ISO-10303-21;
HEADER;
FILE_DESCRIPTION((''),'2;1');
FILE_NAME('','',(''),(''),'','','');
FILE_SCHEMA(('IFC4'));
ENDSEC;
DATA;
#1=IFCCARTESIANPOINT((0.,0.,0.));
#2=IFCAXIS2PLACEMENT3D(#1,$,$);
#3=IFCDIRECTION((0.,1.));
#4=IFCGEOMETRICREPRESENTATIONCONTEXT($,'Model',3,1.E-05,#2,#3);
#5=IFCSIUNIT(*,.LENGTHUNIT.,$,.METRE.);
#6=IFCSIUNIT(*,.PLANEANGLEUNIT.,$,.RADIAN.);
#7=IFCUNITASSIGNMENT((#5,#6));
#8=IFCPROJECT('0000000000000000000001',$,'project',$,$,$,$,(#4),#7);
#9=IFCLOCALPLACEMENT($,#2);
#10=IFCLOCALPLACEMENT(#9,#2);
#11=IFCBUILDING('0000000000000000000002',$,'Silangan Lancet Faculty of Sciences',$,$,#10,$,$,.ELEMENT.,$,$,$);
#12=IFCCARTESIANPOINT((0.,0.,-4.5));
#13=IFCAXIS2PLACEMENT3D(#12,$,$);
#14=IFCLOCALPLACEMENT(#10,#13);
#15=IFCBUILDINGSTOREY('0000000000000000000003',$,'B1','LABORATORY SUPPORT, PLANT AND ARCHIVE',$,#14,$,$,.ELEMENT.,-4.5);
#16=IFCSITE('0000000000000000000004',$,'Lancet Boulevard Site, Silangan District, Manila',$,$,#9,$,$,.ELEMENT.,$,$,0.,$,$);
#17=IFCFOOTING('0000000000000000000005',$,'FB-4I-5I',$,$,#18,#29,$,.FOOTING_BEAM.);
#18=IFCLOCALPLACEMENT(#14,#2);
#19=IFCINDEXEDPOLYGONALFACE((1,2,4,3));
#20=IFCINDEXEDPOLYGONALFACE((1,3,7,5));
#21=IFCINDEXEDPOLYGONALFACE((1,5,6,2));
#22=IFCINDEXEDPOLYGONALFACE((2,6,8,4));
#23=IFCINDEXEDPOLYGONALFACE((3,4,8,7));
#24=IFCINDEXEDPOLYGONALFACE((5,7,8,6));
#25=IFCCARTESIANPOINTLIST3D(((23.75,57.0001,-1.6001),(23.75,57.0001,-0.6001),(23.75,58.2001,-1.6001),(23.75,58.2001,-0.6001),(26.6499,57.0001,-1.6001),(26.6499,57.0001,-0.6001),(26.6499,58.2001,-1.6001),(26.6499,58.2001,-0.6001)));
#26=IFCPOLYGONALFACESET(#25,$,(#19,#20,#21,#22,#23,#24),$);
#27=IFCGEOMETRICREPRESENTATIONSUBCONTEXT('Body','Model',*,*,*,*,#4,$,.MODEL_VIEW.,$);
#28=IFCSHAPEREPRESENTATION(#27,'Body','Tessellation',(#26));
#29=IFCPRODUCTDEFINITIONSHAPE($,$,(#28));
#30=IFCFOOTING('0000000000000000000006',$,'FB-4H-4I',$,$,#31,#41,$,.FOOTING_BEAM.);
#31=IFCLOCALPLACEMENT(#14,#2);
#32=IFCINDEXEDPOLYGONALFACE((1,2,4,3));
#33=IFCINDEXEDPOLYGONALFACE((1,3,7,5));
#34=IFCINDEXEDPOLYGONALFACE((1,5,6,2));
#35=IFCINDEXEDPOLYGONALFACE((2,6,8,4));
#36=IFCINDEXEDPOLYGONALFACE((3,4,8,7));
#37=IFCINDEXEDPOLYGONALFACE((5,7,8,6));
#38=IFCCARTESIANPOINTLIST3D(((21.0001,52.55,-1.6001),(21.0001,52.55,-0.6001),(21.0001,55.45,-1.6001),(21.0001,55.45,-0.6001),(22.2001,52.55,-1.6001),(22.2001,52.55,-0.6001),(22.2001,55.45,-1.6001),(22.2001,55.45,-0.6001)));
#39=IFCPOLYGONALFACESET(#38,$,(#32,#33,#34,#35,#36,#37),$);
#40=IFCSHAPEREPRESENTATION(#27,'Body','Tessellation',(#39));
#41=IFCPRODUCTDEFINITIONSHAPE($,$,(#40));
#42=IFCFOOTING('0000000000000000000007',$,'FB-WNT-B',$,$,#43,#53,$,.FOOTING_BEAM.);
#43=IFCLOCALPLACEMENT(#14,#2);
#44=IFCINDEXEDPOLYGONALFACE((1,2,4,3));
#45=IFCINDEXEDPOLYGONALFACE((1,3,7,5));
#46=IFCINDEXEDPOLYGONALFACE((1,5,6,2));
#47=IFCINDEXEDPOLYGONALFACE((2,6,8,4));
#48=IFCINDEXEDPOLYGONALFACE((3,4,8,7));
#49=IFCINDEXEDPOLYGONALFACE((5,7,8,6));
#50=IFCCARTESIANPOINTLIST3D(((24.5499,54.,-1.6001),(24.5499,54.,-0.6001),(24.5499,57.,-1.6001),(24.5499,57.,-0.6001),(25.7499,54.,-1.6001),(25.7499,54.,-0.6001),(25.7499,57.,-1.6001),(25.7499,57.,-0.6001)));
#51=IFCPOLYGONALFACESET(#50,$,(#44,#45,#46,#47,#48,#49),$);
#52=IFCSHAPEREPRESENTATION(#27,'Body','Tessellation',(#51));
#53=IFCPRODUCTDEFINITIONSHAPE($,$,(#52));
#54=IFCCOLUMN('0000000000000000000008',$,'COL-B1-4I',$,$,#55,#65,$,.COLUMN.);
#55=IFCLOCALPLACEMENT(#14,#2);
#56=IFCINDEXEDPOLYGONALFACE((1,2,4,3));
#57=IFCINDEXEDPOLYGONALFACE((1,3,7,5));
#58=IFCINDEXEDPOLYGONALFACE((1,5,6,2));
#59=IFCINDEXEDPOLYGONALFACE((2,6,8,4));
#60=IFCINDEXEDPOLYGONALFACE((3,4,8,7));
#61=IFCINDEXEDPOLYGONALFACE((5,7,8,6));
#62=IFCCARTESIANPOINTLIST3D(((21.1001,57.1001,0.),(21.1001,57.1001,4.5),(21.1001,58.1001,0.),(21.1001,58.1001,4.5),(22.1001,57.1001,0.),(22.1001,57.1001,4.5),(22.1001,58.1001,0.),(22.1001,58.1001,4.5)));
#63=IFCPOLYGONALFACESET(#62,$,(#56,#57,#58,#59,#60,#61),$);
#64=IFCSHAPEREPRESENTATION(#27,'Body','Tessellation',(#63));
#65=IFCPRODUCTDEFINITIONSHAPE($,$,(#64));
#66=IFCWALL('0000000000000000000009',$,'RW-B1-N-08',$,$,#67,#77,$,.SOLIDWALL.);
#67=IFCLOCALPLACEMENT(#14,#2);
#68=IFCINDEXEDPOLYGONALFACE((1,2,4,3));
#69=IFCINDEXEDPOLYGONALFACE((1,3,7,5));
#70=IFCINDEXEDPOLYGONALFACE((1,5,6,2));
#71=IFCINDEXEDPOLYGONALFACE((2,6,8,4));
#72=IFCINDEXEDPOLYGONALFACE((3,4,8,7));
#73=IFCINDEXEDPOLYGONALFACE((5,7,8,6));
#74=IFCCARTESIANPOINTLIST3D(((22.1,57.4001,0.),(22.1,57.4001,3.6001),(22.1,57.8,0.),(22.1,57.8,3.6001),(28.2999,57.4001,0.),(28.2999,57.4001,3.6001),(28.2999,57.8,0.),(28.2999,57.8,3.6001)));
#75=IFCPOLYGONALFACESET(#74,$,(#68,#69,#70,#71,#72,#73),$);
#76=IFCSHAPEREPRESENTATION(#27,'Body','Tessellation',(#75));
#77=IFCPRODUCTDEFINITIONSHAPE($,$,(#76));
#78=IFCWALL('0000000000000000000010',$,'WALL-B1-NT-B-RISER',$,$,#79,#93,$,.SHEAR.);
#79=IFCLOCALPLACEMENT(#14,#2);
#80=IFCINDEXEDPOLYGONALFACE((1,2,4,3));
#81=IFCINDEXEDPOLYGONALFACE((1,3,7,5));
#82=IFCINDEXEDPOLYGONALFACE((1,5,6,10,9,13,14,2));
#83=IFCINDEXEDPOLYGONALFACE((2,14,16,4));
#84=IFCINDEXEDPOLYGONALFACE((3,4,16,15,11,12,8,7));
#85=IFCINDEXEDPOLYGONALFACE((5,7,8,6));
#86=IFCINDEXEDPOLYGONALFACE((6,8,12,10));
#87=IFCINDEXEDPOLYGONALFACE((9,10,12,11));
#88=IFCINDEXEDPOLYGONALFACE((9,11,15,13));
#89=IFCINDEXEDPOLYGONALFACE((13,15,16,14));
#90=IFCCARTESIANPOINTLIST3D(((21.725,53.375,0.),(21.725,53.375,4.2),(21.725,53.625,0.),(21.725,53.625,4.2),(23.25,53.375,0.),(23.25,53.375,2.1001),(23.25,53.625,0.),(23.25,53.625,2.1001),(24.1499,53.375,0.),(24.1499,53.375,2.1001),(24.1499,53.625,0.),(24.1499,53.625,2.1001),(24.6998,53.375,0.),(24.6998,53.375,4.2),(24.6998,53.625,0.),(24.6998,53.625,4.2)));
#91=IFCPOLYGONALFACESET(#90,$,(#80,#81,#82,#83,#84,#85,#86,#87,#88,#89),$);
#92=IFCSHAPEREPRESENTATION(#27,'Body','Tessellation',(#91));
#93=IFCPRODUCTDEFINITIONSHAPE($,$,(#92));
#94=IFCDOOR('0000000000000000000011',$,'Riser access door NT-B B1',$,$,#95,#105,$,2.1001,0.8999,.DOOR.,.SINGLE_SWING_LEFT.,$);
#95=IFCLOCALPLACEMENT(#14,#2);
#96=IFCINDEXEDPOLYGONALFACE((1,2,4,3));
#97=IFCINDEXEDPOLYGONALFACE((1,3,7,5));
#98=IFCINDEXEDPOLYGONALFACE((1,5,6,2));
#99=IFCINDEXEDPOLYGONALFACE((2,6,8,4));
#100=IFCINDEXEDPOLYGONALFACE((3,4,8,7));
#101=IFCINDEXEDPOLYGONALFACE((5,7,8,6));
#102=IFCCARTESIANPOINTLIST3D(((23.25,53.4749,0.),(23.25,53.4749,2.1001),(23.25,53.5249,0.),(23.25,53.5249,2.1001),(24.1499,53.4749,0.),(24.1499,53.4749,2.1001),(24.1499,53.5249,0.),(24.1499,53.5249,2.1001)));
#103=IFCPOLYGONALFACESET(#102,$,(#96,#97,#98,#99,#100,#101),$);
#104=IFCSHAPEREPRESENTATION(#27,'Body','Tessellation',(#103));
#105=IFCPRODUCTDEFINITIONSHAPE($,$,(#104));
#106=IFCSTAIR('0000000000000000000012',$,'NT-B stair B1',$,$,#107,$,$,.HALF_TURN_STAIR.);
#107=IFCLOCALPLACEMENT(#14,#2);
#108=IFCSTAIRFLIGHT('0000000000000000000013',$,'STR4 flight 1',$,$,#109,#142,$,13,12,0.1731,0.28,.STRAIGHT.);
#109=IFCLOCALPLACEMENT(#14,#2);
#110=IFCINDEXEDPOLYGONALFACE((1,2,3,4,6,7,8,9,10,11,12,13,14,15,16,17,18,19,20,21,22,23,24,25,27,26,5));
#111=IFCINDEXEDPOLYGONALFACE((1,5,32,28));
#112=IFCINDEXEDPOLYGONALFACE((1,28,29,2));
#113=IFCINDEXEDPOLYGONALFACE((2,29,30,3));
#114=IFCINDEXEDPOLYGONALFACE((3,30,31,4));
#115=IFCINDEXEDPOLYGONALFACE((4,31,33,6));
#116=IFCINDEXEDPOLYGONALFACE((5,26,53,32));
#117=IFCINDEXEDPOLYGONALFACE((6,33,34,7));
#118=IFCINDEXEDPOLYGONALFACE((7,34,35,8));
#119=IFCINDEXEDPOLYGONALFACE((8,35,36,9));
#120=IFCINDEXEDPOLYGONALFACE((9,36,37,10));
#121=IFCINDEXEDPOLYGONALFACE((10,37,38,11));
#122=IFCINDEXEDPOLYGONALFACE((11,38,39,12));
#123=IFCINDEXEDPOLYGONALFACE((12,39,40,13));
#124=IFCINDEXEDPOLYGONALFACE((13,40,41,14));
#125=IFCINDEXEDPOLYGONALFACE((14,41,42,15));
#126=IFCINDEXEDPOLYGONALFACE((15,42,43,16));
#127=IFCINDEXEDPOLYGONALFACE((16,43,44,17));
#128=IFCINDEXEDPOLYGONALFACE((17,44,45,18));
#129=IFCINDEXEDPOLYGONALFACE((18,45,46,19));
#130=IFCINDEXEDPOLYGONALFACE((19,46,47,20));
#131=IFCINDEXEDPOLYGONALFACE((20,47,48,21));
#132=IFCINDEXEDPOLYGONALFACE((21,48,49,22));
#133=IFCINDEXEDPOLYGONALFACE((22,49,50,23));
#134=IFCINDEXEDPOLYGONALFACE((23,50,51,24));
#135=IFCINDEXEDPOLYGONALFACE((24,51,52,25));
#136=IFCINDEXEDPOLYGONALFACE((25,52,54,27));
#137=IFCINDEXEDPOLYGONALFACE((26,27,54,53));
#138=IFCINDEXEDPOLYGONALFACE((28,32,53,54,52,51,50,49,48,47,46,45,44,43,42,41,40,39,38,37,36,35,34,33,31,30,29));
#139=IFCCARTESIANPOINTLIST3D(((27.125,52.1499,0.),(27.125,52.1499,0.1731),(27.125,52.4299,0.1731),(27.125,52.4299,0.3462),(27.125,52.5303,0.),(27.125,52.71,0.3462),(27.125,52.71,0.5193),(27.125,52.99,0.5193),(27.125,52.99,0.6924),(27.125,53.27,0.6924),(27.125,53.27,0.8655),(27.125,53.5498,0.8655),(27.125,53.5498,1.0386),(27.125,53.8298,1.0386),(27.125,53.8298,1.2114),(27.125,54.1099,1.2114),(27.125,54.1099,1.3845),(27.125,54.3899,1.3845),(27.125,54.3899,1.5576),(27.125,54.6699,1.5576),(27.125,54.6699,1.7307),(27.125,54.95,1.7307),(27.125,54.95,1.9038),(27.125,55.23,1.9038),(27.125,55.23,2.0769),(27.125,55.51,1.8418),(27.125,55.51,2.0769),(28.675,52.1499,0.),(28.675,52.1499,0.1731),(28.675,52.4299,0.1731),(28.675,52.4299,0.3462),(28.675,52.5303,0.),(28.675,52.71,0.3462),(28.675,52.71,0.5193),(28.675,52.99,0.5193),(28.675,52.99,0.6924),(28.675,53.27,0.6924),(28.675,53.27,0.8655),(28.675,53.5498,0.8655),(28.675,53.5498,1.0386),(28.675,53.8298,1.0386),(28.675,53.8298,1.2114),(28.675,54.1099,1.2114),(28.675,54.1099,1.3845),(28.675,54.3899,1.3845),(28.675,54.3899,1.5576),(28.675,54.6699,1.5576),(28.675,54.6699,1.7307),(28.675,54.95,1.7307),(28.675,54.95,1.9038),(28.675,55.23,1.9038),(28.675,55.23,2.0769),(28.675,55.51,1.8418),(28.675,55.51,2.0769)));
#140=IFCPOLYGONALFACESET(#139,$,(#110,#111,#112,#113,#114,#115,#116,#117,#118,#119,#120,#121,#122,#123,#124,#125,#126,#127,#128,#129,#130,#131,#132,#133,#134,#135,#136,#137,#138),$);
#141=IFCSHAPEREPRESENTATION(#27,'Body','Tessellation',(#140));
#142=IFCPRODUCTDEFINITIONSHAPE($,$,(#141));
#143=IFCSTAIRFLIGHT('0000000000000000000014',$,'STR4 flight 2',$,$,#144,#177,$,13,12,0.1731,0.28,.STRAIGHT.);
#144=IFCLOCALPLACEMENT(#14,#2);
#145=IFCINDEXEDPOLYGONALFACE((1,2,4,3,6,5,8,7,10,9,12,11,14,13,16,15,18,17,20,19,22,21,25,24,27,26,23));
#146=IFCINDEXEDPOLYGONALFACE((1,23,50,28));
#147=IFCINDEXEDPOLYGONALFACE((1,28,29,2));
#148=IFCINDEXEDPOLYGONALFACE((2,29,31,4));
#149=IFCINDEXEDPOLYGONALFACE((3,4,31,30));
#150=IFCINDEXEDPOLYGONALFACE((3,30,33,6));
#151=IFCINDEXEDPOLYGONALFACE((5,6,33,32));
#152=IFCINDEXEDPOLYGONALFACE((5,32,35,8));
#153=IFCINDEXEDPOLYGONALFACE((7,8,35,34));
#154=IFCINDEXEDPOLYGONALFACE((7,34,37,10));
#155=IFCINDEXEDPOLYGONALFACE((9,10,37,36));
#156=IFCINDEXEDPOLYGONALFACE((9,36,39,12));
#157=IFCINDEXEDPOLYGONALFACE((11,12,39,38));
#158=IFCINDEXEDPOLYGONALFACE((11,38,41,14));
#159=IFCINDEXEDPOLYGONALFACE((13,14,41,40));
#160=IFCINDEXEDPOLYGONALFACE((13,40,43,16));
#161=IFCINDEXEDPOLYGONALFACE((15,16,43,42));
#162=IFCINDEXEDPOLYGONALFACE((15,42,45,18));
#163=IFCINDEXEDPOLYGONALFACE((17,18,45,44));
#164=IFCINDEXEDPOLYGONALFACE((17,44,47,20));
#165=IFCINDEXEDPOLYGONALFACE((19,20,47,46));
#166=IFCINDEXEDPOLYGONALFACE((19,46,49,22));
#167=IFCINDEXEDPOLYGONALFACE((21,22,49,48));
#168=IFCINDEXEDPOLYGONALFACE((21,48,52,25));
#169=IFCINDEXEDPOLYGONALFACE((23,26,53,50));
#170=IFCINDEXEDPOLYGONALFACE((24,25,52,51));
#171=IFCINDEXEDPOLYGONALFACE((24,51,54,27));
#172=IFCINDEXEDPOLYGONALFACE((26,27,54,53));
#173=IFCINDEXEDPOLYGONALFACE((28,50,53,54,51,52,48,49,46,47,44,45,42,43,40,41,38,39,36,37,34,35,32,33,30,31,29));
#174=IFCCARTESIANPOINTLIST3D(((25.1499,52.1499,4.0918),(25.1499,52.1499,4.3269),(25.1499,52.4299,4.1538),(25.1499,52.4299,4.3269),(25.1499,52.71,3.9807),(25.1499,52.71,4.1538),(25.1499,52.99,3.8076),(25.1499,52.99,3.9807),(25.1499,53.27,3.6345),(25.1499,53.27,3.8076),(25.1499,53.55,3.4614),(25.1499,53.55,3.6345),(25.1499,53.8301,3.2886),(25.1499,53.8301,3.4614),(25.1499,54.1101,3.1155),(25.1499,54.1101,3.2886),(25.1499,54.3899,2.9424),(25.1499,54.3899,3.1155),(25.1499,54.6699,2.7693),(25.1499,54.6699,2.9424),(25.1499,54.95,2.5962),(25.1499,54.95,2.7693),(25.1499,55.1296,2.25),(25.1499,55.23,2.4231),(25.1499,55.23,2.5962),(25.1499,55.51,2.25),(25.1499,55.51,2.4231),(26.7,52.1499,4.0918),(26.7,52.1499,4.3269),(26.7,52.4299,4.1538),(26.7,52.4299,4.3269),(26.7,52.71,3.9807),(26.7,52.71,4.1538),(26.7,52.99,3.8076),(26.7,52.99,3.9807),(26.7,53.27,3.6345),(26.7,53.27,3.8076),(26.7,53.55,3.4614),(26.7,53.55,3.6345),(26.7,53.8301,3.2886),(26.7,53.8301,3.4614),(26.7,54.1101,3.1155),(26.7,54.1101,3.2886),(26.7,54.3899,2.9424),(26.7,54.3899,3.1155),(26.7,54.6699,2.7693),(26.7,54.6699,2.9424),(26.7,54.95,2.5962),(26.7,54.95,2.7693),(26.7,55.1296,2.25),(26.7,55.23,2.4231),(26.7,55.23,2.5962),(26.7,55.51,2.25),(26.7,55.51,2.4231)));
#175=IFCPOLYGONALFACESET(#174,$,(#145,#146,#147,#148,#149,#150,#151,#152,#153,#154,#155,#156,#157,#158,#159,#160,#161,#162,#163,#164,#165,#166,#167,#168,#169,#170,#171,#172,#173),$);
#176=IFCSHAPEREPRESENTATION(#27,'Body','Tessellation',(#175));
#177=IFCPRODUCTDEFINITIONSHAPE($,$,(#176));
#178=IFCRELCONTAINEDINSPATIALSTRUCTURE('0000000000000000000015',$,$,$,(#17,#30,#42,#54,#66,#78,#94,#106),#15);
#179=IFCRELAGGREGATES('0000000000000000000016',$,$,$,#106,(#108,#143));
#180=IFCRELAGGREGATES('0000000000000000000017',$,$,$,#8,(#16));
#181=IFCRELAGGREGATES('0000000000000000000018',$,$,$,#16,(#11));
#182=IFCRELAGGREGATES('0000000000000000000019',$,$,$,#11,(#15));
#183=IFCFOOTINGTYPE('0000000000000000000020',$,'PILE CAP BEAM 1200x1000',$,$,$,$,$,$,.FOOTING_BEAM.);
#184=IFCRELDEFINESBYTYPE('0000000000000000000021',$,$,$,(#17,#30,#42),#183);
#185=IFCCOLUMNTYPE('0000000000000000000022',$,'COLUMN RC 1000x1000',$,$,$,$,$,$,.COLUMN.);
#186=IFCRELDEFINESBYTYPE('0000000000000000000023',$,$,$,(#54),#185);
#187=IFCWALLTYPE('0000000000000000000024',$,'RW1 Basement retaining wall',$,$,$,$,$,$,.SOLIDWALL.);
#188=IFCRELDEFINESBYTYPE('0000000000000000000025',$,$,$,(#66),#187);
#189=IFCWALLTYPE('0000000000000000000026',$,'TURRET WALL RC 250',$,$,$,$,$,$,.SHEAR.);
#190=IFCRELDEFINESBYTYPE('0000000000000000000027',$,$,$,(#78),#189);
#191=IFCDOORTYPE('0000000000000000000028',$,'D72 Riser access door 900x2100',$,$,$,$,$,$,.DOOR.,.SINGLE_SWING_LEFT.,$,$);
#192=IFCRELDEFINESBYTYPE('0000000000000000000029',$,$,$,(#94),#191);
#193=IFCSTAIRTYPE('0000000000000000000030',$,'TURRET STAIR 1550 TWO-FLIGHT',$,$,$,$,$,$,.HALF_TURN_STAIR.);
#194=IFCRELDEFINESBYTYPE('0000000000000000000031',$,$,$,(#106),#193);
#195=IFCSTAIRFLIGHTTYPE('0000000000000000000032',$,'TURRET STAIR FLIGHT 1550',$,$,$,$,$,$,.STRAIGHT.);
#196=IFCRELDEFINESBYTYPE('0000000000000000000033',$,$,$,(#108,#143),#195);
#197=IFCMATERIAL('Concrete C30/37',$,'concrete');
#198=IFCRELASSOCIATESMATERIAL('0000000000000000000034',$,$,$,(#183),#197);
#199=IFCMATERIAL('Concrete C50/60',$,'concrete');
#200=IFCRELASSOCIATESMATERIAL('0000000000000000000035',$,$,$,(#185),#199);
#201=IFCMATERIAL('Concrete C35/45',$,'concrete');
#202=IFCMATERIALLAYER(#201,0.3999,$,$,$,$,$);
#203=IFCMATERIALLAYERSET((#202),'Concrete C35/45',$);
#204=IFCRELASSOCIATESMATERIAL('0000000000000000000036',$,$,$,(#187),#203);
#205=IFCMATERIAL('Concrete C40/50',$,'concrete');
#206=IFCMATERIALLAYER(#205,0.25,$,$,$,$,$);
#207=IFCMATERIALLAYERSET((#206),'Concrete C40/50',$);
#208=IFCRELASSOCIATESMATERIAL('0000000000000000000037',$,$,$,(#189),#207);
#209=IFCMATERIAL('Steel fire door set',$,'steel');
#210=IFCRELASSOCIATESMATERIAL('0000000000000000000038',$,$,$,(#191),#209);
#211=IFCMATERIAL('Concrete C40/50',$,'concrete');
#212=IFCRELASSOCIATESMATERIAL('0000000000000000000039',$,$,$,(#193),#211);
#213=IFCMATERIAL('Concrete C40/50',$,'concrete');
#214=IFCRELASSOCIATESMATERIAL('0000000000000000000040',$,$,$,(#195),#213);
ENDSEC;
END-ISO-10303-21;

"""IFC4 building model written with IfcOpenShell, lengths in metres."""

from ifc_helpers import new_model, si_unit, direction, frame, frame_2d, origin, origin_2d, place, context, subcontext, project, spatial, polyline, rectangle, outline, extrude, material, layer, layer_set, material_profile, profile_set, type_object, element, fill, aggregate, save


model = new_model("IFC4")

# Units and contexts
model_context = context("Model", 3, precision=1e-05, world=origin(), true_north=direction((0.0, 1.0)))
body_context = subcontext(model_context, "Body", "Model", "MODEL_VIEW")
ifc_project = project(units=[si_unit("LENGTHUNIT", "METRE"), si_unit("PLANEANGLEUNIT", "RADIAN")], contexts=[model_context])

# Site, building, storey
site_placement = place(None, origin())
site = spatial("IfcSite", under=ifc_project, at=site_placement, Name="Lancet Boulevard Site, Silangan District, Manila", CompositionType="ELEMENT", RefElevation=0.0)
building_placement = place(site_placement, origin())
building = spatial("IfcBuilding", under=site, at=building_placement, Name="Silangan Lancet Faculty of Sciences", CompositionType="ELEMENT")
storey_placement = place(building_placement, frame((0.0, 0.0, -4.5)))
storey = spatial("IfcBuildingStorey", under=building, at=storey_placement, Name="B1", Description="LABORATORY SUPPORT, PLANT AND ARCHIVE", CompositionType="ELEMENT", Elevation=-4.5)

# Footings
ifc_material_1 = material(Name="Concrete C30/37", Category="concrete")
footing_type_1 = type_object("IfcFootingType", Name="PILE CAP BEAM 1200x1000", PredefinedType="FOOTING_BEAM", material=ifc_material_1)
for number, where, z_axis, x_axis, name in (
    (1, (25.2, 57.6001, -1.6001), (0.0, 0.0, 1.0), (1.0, 0.0, 0.0), "FB-4I-5I"),
    (2, (21.6001, 54.0, -1.6001), (0.0, 0.0, 1.0), (0.0, 1.0, 0.0), "FB-4H-4I"),
):
    element("IfcFooting", number, at=place(storey_placement, frame(where, z_axis=z_axis, x_axis=x_axis)), inside=storey, type_object=footing_type_1, Name=name, PredefinedType="FOOTING_BEAM", context=body_context, shape_type="SweptSolid", body=[
        extrude(rectangle(XDim=2.8999, YDim=1.2, at=origin_2d()), origin(), (0.0, 0.0, 1.0), 1.0),
    ])
footing_1_placement = place(storey_placement, frame((25.1499, 55.5, -1.6001), z_axis=(0.0, 0.0, 1.0), x_axis=(0.0, 1.0, 0.0)))
element("IfcFooting", 3, at=footing_1_placement, inside=storey, type_object=footing_type_1, Name="FB-WNT-B", PredefinedType="FOOTING_BEAM", context=body_context, shape_type="SweptSolid", body=[
    extrude(rectangle(XDim=3.0, YDim=1.2, at=origin_2d()), origin(), (0.0, 0.0, 1.0), 1.0),
])

# Column
ifc_material_2 = material(Name="Concrete C50/60", Category="concrete")
ifc_material_profile_1 = material_profile(ifc_material_2, rectangle(XDim=1.0, YDim=1.0, at=origin_2d()), Name="RC 1000x1000")
ifc_profile_set_1 = profile_set([ifc_material_profile_1], Name="Concrete C50/60")
column_type = type_object("IfcColumnType", Name="COLUMN RC 1000x1000", PredefinedType="COLUMN", material=ifc_profile_set_1)
column_placement = place(storey_placement, frame((21.6001, 57.6001, 0.0), z_axis=(0.0, 0.0, 1.0), x_axis=(1.0, 0.0, 0.0)))
element("IfcColumn", 4, at=column_placement, inside=storey, type_object=column_type, Name="COL-B1-4I", PredefinedType="COLUMN", context=body_context, shape_type="SweptSolid", body=[
    extrude(rectangle(XDim=1.0, YDim=1.0, at=origin_2d()), origin(), (0.0, 0.0, 1.0), 4.5),
])

# Wall
ifc_material_3 = material(Name="Concrete C35/45", Category="concrete")
ifc_layer_1 = layer(ifc_material_3, 0.3999)
ifc_layer_set_1 = layer_set([ifc_layer_1], Name="Concrete C35/45")
wall_type_1 = type_object("IfcWallType", Name="RW1 Basement retaining wall", PredefinedType="SOLIDWALL", material=ifc_layer_set_1)
wall_1_placement = place(storey_placement, frame((28.3, 57.6001, 0.0), z_axis=(0.0, 0.0, 1.0), x_axis=(-1.0, 0.0, 0.0)))
element("IfcWall", 5, at=wall_1_placement, inside=storey, type_object=wall_type_1, Name="RW-B1-N-08", PredefinedType="SOLIDWALL", context=body_context, shape_type="SweptSolid", body=[
    extrude(rectangle(XDim=6.2, YDim=0.3999, at=frame_2d((3.1001, 0.0))), origin(), (0.0, 0.0, 1.0), 3.6001),
])

# Wall, opening, door
ifc_material_4 = material(Name="Concrete C40/50", Category="concrete")
ifc_layer_2 = layer(ifc_material_4, 0.25)
ifc_layer_set_2 = layer_set([ifc_layer_2], Name="Concrete C40/50")
wall_type_2 = type_object("IfcWallType", Name="TURRET WALL RC 250", PredefinedType="SHEAR", material=ifc_layer_set_2)
wall_2_placement = place(storey_placement, frame((21.7251, 53.5, 0.0), z_axis=(0.0, 0.0, 1.0), x_axis=(1.0, 0.0, 0.0)))
wall_2 = element("IfcWall", 6, at=wall_2_placement, inside=storey, type_object=wall_type_2, Name="WALL-B1-NT-B-RISER", PredefinedType="SHEAR", context=body_context, shape_type="SweptSolid", body=[
    extrude(rectangle(XDim=2.9749, YDim=0.25, at=frame_2d((1.4873, 0.0))), origin(), (0.0, 0.0, 1.0), 4.2),
])
opening_placement = place(wall_2_placement, frame((1.5249, 0.0, 0.0)))
opening = element("IfcOpeningElement", 7, at=opening_placement, cuts=wall_2, PredefinedType="OPENING", context=body_context, shape_type="SweptSolid", body=[
    extrude(rectangle(XDim=0.8999, YDim=2.1001, at=frame_2d((0.45, 1.05))), frame((0.0, 0.135, 0.0), z_axis=(0.0, -1.0, 0.0), x_axis=(1.0, 0.0, 0.0)), (0.0, 0.0, 1.0), 0.27),
])
ifc_material_5 = material(Name="Steel fire door set", Category="steel")
door_type = type_object("IfcDoorType", Name="D72 Riser access door 900x2100", OperationType="SINGLE_SWING_LEFT", PredefinedType="DOOR", material=ifc_material_5)
door_placement = place(opening_placement, origin())
door = element("IfcDoor", 8, at=door_placement, inside=storey, type_object=door_type, Name="Riser access door NT-B B1", OperationType="SINGLE_SWING_LEFT", OverallHeight=2.1001, OverallWidth=0.8999, PredefinedType="DOOR", context=body_context, shape_type="SweptSolid", body=[
    extrude(rectangle(XDim=0.8999, YDim=2.1001, at=frame_2d((0.45, 1.05))), frame((0.0, 0.0249, 0.0), z_axis=(0.0, -1.0, 0.0), x_axis=(1.0, 0.0, 0.0)), (0.0, 0.0, 1.0), 0.05),
])
fill(opening, door)

# Stair, stair flights
ifc_material_6 = material(Name="Concrete C40/50", Category="concrete")
stair_type = type_object("IfcStairType", Name="TURRET STAIR 1550 TWO-FLIGHT", PredefinedType="HALF_TURN_STAIR", material=ifc_material_6)
stair_placement = place(storey_placement, origin())
stair = element("IfcStair", 9, at=stair_placement, inside=storey, type_object=stair_type, Name="NT-B stair B1", PredefinedType="HALF_TURN_STAIR")
ifc_material_7 = material(Name="Concrete C40/50", Category="concrete")
stair_flight_type = type_object("IfcStairFlightType", Name="TURRET STAIR FLIGHT 1550", PredefinedType="STRAIGHT", material=ifc_material_7)
stair_flight_1_placement = place(storey_placement, frame((27.8999, 52.1499, 0.0), z_axis=(0.0, 0.0, 1.0), x_axis=(0.0, 1.0, 0.0)))
stair_flight_1 = element("IfcStairFlight", 10, at=stair_flight_1_placement, type_object=stair_flight_type, Name="STR4 flight 1", NumberOfRisers=13, NumberOfTreads=12, PredefinedType="STRAIGHT", RiserHeight=0.1731, TreadLength=0.28, context=body_context, shape_type="SweptSolid", body=[
    extrude(outline(polyline([(0.0, 0.0), (0.0, 0.1731), (0.28, 0.1731), (0.28, 0.3462), (0.5601, 0.3462), (0.5601, 0.5193), (0.8401, 0.5193), (0.8401, 0.6924), (1.1201, 0.6924), (1.1201, 0.8655), (1.3999, 0.8655), (1.3999, 1.0386), (1.6799, 1.0386), (1.6799, 1.2114), (1.96, 1.2114), (1.96, 1.3845), (2.24, 1.3845), (2.24, 1.5576), (2.52, 1.5576), (2.52, 1.7307), (2.8, 1.7307), (2.8, 1.9038), (3.0801, 1.9038), (3.0801, 2.0769), (3.3601, 2.0769), (3.3601, 2.25), (3.3601, 1.8418), (0.3804, 0.0), (0.0, 0.0)])), frame((0.0, 0.7749, 0.0), z_axis=(0.0, -1.0, 0.0), x_axis=(1.0, 0.0, 0.0)), (0.0, 0.0, 1.0), 1.55),
])
stair_flight_2_placement = place(storey_placement, frame((25.925, 55.51, 2.25), z_axis=(0.0, 0.0, 1.0), x_axis=(0.0, -1.0, 0.0)))
stair_flight_2 = element("IfcStairFlight", 11, at=stair_flight_2_placement, type_object=stair_flight_type, Name="STR4 flight 2", NumberOfRisers=13, NumberOfTreads=12, PredefinedType="STRAIGHT", RiserHeight=0.1731, TreadLength=0.28, context=body_context, shape_type="SweptSolid", body=[
    extrude(outline(polyline([(0.0, 0.0), (0.0, 0.1731), (0.28, 0.1731), (0.28, 0.3462), (0.5601, 0.3462), (0.5601, 0.5193), (0.8401, 0.5193), (0.8401, 0.6924), (1.1201, 0.6924), (1.1201, 0.8655), (1.3999, 0.8655), (1.3999, 1.0386), (1.6799, 1.0386), (1.6799, 1.2114), (1.96, 1.2114), (1.96, 1.3845), (2.24, 1.3845), (2.24, 1.5576), (2.52, 1.5576), (2.52, 1.7307), (2.8, 1.7307), (2.8, 1.9038), (3.0801, 1.9038), (3.0801, 2.0769), (3.3601, 2.0769), (3.3601, 2.25), (3.3601, 1.8418), (0.3804, 0.0), (0.0, 0.0)])), frame((0.0, 0.7749, 0.0), z_axis=(0.0, -1.0, 0.0), x_axis=(1.0, 0.0, 0.0)), (0.0, 0.0, 1.0), 1.55),
])
aggregate(stair, [stair_flight_1, stair_flight_2])

save(model, "model.ifc")
